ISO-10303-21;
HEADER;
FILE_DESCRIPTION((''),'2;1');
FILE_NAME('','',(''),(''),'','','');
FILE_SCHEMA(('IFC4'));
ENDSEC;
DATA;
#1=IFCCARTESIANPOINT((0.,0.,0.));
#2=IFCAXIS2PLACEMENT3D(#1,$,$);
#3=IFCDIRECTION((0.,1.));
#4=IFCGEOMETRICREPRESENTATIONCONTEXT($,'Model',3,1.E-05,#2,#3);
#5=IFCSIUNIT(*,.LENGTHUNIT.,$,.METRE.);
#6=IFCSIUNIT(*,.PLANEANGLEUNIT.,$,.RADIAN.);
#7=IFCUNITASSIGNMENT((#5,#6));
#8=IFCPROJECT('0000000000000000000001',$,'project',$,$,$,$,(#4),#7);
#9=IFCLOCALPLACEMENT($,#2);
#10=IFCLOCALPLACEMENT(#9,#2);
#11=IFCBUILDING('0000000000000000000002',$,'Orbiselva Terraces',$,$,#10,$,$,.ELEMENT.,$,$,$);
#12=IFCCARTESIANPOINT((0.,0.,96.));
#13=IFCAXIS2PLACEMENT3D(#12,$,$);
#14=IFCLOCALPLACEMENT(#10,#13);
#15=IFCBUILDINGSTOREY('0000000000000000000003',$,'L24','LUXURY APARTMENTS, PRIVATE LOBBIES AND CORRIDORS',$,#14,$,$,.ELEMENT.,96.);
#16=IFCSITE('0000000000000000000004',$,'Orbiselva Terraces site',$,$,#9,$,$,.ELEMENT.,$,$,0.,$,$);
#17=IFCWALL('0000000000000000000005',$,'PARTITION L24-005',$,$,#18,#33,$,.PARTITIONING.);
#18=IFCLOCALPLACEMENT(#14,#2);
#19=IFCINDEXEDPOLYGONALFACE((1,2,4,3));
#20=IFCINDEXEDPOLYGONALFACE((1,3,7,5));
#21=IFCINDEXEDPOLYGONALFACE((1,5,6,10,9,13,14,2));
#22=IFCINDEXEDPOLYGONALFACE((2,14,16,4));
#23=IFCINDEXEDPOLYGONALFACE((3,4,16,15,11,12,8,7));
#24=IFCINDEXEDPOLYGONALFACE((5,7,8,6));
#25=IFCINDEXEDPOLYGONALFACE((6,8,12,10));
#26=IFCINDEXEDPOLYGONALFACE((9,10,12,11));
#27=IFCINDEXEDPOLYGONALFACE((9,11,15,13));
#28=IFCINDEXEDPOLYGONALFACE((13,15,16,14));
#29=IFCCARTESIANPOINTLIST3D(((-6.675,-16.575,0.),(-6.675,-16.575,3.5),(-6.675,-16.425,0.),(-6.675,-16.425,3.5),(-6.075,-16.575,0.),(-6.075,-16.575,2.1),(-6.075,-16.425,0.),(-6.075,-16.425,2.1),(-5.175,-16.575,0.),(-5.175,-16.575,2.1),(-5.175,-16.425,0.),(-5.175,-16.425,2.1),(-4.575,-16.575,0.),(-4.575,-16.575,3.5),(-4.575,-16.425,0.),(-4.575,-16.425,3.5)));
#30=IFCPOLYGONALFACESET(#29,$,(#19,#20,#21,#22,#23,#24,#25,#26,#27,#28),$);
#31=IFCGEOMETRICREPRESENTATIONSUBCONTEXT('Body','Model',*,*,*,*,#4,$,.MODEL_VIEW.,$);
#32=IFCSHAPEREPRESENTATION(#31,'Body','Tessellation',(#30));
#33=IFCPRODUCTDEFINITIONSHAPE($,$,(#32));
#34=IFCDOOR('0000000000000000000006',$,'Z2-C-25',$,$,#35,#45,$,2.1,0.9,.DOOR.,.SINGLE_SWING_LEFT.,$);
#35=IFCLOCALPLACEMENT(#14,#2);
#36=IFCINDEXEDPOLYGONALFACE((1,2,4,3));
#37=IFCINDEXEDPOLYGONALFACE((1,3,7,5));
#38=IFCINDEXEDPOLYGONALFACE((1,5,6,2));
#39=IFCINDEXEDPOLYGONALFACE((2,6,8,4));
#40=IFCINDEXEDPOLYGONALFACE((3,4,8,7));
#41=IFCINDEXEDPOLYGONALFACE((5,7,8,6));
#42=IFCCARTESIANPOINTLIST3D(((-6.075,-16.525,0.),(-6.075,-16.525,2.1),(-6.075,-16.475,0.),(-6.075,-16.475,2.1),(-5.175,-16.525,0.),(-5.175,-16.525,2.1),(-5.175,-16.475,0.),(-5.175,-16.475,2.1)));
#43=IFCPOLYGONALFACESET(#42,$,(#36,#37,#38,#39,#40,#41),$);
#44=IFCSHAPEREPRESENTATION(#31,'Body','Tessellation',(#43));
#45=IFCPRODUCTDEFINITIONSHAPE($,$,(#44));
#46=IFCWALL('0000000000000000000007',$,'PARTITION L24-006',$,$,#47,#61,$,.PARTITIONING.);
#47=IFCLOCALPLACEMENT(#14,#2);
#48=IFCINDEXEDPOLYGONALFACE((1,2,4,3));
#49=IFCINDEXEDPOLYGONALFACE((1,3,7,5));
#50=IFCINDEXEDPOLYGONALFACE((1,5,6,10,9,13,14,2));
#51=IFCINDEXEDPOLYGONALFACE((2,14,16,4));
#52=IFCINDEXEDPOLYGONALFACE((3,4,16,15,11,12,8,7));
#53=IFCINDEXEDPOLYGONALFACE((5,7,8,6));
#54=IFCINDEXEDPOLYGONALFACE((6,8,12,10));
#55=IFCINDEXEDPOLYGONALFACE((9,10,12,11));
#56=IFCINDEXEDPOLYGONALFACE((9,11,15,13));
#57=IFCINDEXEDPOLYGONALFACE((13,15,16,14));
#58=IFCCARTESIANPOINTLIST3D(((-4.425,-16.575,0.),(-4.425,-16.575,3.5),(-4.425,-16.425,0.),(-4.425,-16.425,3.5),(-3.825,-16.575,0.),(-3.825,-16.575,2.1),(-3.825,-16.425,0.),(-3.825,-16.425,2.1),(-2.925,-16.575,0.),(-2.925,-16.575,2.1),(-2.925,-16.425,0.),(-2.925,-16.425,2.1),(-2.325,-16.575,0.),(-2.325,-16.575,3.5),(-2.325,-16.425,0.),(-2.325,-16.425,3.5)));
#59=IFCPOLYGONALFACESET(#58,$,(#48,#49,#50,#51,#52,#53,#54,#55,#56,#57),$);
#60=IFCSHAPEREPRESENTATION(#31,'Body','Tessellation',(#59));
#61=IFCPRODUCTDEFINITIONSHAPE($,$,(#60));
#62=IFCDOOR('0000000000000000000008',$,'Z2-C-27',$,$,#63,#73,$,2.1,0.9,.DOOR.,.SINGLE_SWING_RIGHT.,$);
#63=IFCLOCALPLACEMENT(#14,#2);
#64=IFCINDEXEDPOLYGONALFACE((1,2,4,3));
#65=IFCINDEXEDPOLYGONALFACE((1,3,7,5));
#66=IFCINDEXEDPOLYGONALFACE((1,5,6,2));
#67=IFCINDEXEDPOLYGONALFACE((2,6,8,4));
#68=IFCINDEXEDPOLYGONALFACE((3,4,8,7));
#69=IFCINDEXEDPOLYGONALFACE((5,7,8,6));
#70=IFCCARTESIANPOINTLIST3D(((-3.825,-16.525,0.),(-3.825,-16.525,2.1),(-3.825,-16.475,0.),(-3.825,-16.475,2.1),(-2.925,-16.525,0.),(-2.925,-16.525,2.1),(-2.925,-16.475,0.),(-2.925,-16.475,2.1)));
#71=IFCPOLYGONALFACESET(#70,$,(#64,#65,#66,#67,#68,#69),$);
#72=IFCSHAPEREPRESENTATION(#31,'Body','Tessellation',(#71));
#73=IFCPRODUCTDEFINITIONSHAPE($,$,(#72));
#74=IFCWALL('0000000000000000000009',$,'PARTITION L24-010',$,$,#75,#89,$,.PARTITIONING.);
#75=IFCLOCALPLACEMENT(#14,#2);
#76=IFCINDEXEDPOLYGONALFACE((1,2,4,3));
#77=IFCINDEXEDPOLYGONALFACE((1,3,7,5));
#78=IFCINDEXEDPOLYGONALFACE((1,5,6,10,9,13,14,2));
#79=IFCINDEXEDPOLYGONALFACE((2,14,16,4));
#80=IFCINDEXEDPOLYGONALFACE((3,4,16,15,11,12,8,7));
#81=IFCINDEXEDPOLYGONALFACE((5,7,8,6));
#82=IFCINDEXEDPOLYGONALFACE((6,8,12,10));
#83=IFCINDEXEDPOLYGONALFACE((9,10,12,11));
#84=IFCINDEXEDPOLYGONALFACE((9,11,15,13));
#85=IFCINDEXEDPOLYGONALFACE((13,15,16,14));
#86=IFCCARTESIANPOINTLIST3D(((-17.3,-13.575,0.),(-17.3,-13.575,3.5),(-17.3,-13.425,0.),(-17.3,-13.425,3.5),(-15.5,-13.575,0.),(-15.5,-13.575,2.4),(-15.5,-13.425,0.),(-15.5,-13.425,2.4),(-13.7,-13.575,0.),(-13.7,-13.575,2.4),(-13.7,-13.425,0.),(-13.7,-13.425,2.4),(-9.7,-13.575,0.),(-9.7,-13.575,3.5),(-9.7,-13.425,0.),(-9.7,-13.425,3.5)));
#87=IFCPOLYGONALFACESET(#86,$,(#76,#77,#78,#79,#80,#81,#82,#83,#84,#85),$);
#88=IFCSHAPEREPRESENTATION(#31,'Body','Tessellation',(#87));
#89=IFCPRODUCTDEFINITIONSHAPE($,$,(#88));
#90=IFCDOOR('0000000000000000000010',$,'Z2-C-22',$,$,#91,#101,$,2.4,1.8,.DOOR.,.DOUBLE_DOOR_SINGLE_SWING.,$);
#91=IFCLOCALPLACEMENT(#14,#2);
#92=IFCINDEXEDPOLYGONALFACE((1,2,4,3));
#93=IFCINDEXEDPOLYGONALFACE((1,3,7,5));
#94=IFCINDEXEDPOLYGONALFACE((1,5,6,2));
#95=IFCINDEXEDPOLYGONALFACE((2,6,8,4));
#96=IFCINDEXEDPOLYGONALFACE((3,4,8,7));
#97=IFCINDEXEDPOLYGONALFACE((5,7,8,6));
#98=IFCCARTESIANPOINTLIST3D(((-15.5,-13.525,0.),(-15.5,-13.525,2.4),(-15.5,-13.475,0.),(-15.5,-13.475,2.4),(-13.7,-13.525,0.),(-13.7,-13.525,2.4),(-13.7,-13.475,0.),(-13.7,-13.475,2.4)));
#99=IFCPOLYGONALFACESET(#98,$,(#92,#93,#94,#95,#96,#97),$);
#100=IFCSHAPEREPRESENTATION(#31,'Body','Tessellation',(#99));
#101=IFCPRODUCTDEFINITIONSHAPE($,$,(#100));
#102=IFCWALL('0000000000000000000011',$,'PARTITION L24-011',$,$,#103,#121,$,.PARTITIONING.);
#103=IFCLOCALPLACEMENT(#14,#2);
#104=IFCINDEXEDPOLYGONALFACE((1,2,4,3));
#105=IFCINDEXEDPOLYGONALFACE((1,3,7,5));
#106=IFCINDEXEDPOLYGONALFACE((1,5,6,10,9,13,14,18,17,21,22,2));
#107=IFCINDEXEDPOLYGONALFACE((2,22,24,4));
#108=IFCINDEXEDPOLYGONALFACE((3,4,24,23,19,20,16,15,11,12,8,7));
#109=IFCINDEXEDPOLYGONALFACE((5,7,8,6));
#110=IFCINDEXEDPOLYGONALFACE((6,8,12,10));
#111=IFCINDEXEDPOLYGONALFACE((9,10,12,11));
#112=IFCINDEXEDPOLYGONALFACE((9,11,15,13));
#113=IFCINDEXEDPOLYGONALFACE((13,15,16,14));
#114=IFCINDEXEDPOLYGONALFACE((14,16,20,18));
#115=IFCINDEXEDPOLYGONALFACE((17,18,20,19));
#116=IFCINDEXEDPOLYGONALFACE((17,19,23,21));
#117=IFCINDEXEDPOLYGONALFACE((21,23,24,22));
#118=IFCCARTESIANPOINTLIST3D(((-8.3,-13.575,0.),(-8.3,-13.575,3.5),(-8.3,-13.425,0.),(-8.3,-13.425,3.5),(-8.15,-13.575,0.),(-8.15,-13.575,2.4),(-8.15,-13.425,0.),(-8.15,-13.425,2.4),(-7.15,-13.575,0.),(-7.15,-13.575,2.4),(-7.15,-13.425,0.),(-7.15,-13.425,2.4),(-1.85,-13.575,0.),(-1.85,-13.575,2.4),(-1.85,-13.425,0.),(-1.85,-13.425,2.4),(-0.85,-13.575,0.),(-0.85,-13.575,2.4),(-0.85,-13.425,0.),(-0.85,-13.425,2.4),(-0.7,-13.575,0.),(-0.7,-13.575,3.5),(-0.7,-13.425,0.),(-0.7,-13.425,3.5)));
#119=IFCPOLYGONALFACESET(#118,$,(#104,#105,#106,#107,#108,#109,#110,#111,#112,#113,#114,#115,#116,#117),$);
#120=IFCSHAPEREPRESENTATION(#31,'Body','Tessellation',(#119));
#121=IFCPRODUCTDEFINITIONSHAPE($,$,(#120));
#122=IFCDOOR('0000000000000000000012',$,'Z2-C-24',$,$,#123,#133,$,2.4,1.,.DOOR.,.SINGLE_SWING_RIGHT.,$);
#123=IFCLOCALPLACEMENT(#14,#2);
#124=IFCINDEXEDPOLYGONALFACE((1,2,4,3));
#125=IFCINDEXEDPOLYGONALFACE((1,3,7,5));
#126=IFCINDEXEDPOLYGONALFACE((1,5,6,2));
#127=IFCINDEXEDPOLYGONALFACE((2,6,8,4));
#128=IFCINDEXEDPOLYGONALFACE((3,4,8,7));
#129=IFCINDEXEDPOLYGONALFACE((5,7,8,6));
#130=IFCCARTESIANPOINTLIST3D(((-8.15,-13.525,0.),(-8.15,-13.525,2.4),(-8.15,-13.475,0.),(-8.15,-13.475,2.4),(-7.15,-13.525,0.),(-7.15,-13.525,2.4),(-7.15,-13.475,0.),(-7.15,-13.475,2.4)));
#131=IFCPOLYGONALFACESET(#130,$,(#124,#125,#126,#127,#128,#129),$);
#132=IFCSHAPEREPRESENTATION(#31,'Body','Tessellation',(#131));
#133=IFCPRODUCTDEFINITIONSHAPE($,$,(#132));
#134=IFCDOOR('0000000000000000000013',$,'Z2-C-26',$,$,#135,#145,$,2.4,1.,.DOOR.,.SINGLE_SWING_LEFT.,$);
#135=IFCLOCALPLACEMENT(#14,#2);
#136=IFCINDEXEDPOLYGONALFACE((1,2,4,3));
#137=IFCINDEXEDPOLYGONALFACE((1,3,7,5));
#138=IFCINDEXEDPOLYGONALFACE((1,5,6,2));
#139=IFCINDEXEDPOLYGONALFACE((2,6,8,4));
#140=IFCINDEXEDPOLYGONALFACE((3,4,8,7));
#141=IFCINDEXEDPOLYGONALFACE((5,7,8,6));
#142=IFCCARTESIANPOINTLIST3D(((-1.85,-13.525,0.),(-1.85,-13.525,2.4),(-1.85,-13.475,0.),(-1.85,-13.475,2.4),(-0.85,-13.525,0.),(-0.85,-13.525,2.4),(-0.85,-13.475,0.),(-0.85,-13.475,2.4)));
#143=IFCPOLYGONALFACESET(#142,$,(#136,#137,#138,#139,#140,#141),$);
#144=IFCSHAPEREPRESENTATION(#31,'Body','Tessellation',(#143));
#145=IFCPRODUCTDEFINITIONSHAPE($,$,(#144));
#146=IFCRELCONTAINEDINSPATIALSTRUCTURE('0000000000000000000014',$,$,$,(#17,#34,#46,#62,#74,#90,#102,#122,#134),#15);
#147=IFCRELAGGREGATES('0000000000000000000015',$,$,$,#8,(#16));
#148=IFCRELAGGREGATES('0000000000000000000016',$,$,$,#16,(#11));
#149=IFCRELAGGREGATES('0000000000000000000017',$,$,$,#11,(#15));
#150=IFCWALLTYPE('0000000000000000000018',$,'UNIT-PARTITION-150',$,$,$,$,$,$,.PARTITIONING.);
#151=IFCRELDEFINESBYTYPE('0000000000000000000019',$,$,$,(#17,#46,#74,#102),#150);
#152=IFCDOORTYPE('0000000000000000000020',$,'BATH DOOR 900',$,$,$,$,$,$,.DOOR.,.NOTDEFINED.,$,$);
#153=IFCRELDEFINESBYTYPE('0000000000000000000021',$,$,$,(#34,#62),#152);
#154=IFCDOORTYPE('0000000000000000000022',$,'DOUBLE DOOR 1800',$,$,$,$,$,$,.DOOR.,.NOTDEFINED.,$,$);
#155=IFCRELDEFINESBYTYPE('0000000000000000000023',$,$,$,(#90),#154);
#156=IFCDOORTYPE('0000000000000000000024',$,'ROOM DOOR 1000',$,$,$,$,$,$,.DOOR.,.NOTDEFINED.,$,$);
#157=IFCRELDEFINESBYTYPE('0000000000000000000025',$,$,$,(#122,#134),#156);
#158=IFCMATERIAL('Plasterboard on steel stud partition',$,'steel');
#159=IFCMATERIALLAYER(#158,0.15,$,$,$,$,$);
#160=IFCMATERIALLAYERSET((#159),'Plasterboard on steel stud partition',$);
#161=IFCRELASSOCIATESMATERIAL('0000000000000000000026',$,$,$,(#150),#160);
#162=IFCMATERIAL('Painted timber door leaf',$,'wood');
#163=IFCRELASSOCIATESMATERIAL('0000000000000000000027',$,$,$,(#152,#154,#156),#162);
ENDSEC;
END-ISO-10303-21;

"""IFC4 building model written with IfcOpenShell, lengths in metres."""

from ifc_helpers import new_model, si_unit, direction, frame, frame_2d, origin, place, context, subcontext, project, spatial, rectangle, extrude, material, layer, layer_set, type_object, element, fill, save


model = new_model("IFC4")

# Units and contexts
model_context = context("Model", 3, precision=1e-05, world=origin(), true_north=direction((0.0, 1.0)))
body_context = subcontext(model_context, "Body", "Model", "MODEL_VIEW")
ifc_project = project(units=[si_unit("LENGTHUNIT", "METRE"), si_unit("PLANEANGLEUNIT", "RADIAN")], contexts=[model_context])

# Site, building, storey
site_placement = place(None, origin())
site = spatial("IfcSite", under=ifc_project, at=site_placement, Name="Orbiselva Terraces site", CompositionType="ELEMENT", RefElevation=0.0)
building_placement = place(site_placement, origin())
building = spatial("IfcBuilding", under=site, at=building_placement, Name="Orbiselva Terraces", CompositionType="ELEMENT")
storey_placement = place(building_placement, frame((0.0, 0.0, 96.0)))
storey = spatial("IfcBuildingStorey", under=building, at=storey_placement, Name="L24", Description="LUXURY APARTMENTS, PRIVATE LOBBIES AND CORRIDORS", CompositionType="ELEMENT", Elevation=96.0)

# Walls, openings, doors
ifc_material_1 = material(Name="Plasterboard on steel stud partition", Category="steel")
ifc_layer_1 = layer(ifc_material_1, 0.15)
ifc_layer_set_1 = layer_set([ifc_layer_1], Name="Plasterboard on steel stud partition")
wall_type_1 = type_object("IfcWallType", Name="UNIT-PARTITION-150", PredefinedType="PARTITIONING", material=ifc_layer_set_1)
wall_1_placement = place(storey_placement, frame((-6.675, -16.5, 0.0), z_axis=(0.0, 0.0, 1.0), x_axis=(1.0, 0.0, 0.0)))
wall_1 = element("IfcWall", 1, at=wall_1_placement, inside=storey, type_object=wall_type_1, Name="PARTITION L24-005", PredefinedType="PARTITIONING", context=body_context, shape_type="SweptSolid", body=[
    extrude(rectangle(XDim=2.1, YDim=0.15, at=frame_2d((1.05, 0.0))), origin(), (0.0, 0.0, 1.0), 3.5),
])
opening_1_placement = place(wall_1_placement, frame((0.6, 0.0, 0.0)))
opening_1 = element("IfcOpeningElement", 2, at=opening_1_placement, cuts=wall_1, PredefinedType="OPENING", context=body_context, shape_type="SweptSolid", body=[
    extrude(rectangle(XDim=0.9, YDim=2.1, at=frame_2d((0.45, 1.05))), frame((0.0, 0.085, 0.0), z_axis=(0.0, -1.0, 0.0), x_axis=(1.0, 0.0, 0.0)), (0.0, 0.0, 1.0), 0.17),
])
ifc_material_2 = material(Name="Painted timber door leaf", Category="wood")
door_type_1 = type_object("IfcDoorType", Name="BATH DOOR 900", OperationType="NOTDEFINED", PredefinedType="DOOR", material=ifc_material_2)
door_1_placement = place(opening_1_placement, origin())
door_1 = element("IfcDoor", 3, at=door_1_placement, inside=storey, type_object=door_type_1, Name="Z2-C-25", OperationType="SINGLE_SWING_LEFT", OverallHeight=2.1, OverallWidth=0.9, PredefinedType="DOOR", context=body_context, shape_type="SweptSolid", body=[
    extrude(rectangle(XDim=0.9, YDim=2.1, at=frame_2d((0.45, 1.05))), frame((0.0, 0.025, 0.0), z_axis=(0.0, -1.0, 0.0), x_axis=(1.0, 0.0, 0.0)), (0.0, 0.0, 1.0), 0.05),
])
fill(opening_1, door_1)
wall_2_placement = place(storey_placement, frame((-4.425, -16.5, 0.0), z_axis=(0.0, 0.0, 1.0), x_axis=(1.0, 0.0, 0.0)))
wall_2 = element("IfcWall", 4, at=wall_2_placement, inside=storey, type_object=wall_type_1, Name="PARTITION L24-006", PredefinedType="PARTITIONING", context=body_context, shape_type="SweptSolid", body=[
    extrude(rectangle(XDim=2.1, YDim=0.15, at=frame_2d((1.05, 0.0))), origin(), (0.0, 0.0, 1.0), 3.5),
])
opening_2_placement = place(wall_2_placement, frame((0.6, 0.0, 0.0)))
opening_2 = element("IfcOpeningElement", 5, at=opening_2_placement, cuts=wall_2, PredefinedType="OPENING", context=body_context, shape_type="SweptSolid", body=[
    extrude(rectangle(XDim=0.9, YDim=2.1, at=frame_2d((0.45, 1.05))), frame((0.0, 0.085, 0.0), z_axis=(0.0, -1.0, 0.0), x_axis=(1.0, 0.0, 0.0)), (0.0, 0.0, 1.0), 0.17),
])
door_2_placement = place(opening_2_placement, origin())
door_2 = element("IfcDoor", 6, at=door_2_placement, inside=storey, type_object=door_type_1, Name="Z2-C-27", OperationType="SINGLE_SWING_RIGHT", OverallHeight=2.1, OverallWidth=0.9, PredefinedType="DOOR", context=body_context, shape_type="SweptSolid", body=[
    extrude(rectangle(XDim=0.9, YDim=2.1, at=frame_2d((0.45, 1.05))), frame((0.0, 0.025, 0.0), z_axis=(0.0, -1.0, 0.0), x_axis=(1.0, 0.0, 0.0)), (0.0, 0.0, 1.0), 0.05),
])
fill(opening_2, door_2)
wall_3_placement = place(storey_placement, frame((-9.7, -13.5, 0.0), z_axis=(0.0, 0.0, 1.0), x_axis=(-1.0, 0.0, 0.0)))
wall_3 = element("IfcWall", 7, at=wall_3_placement, inside=storey, type_object=wall_type_1, Name="PARTITION L24-010", PredefinedType="PARTITIONING", context=body_context, shape_type="SweptSolid", body=[
    extrude(rectangle(XDim=7.6, YDim=0.15, at=frame_2d((3.8, 0.0))), origin(), (0.0, 0.0, 1.0), 3.5),
])
opening_3_placement = place(wall_3_placement, frame((4.0, 0.0, 0.0)))
opening_3 = element("IfcOpeningElement", 8, at=opening_3_placement, cuts=wall_3, PredefinedType="OPENING", context=body_context, shape_type="SweptSolid", body=[
    extrude(rectangle(XDim=1.8, YDim=2.4, at=frame_2d((0.9, 1.2))), frame((0.0, 0.085, 0.0), z_axis=(0.0, -1.0, 0.0), x_axis=(1.0, 0.0, 0.0)), (0.0, 0.0, 1.0), 0.17),
])
door_type_2 = type_object("IfcDoorType", Name="DOUBLE DOOR 1800", OperationType="NOTDEFINED", PredefinedType="DOOR", material=ifc_material_2)
door_3_placement = place(opening_3_placement, origin())
door_3 = element("IfcDoor", 9, at=door_3_placement, inside=storey, type_object=door_type_2, Name="Z2-C-22", OperationType="DOUBLE_DOOR_SINGLE_SWING", OverallHeight=2.4, OverallWidth=1.8, PredefinedType="DOOR", context=body_context, shape_type="SweptSolid", body=[
    extrude(rectangle(XDim=1.8, YDim=2.4, at=frame_2d((0.9, 1.2))), frame((0.0, 0.025, 0.0), z_axis=(0.0, -1.0, 0.0), x_axis=(1.0, 0.0, 0.0)), (0.0, 0.0, 1.0), 0.05),
])
fill(opening_3, door_3)

# Wall, openings, doors
wall_4_placement = place(storey_placement, frame((-0.7, -13.5, 0.0), z_axis=(0.0, 0.0, 1.0), x_axis=(-1.0, 0.0, 0.0)))
wall_4 = element("IfcWall", 10, at=wall_4_placement, inside=storey, type_object=wall_type_1, Name="PARTITION L24-011", PredefinedType="PARTITIONING", context=body_context, shape_type="SweptSolid", body=[
    extrude(rectangle(XDim=7.6, YDim=0.15, at=frame_2d((3.8, 0.0))), origin(), (0.0, 0.0, 1.0), 3.5),
])
opening_4_placement = place(wall_4_placement, frame((6.45, 0.0, 0.0)))
opening_4 = element("IfcOpeningElement", 11, at=opening_4_placement, cuts=wall_4, PredefinedType="OPENING", context=body_context, shape_type="SweptSolid", body=[
    extrude(rectangle(XDim=1.0, YDim=2.4, at=frame_2d((0.5, 1.2))), frame((0.0, 0.085, 0.0), z_axis=(0.0, -1.0, 0.0), x_axis=(1.0, 0.0, 0.0)), (0.0, 0.0, 1.0), 0.17),
])
opening_5_placement = place(wall_4_placement, frame((0.15, 0.0, 0.0)))
opening_5 = element("IfcOpeningElement", 12, at=opening_5_placement, cuts=wall_4, PredefinedType="OPENING", context=body_context, shape_type="SweptSolid", body=[
    extrude(rectangle(XDim=1.0, YDim=2.4, at=frame_2d((0.5, 1.2))), frame((0.0, 0.085, 0.0), z_axis=(0.0, -1.0, 0.0), x_axis=(1.0, 0.0, 0.0)), (0.0, 0.0, 1.0), 0.17),
])
door_type_3 = type_object("IfcDoorType", Name="ROOM DOOR 1000", OperationType="NOTDEFINED", PredefinedType="DOOR", material=ifc_material_2)
door_4_placement = place(opening_4_placement, origin())
door_4 = element("IfcDoor", 13, at=door_4_placement, inside=storey, type_object=door_type_3, Name="Z2-C-24", OperationType="SINGLE_SWING_RIGHT", OverallHeight=2.4, OverallWidth=1.0, PredefinedType="DOOR", context=body_context, shape_type="SweptSolid", body=[
    extrude(rectangle(XDim=1.0, YDim=2.4, at=frame_2d((0.5, 1.2))), frame((0.0, 0.025, 0.0), z_axis=(0.0, -1.0, 0.0), x_axis=(1.0, 0.0, 0.0)), (0.0, 0.0, 1.0), 0.05),
])
fill(opening_4, door_4)
door_5_placement = place(opening_5_placement, origin())
door_5 = element("IfcDoor", 14, at=door_5_placement, inside=storey, type_object=door_type_3, Name="Z2-C-26", OperationType="SINGLE_SWING_LEFT", OverallHeight=2.4, OverallWidth=1.0, PredefinedType="DOOR", context=body_context, shape_type="SweptSolid", body=[
    extrude(rectangle(XDim=1.0, YDim=2.4, at=frame_2d((0.5, 1.2))), frame((0.0, 0.025, 0.0), z_axis=(0.0, -1.0, 0.0), x_axis=(1.0, 0.0, 0.0)), (0.0, 0.0, 1.0), 0.05),
])
fill(opening_5, door_5)

save(model, "model.ifc")
